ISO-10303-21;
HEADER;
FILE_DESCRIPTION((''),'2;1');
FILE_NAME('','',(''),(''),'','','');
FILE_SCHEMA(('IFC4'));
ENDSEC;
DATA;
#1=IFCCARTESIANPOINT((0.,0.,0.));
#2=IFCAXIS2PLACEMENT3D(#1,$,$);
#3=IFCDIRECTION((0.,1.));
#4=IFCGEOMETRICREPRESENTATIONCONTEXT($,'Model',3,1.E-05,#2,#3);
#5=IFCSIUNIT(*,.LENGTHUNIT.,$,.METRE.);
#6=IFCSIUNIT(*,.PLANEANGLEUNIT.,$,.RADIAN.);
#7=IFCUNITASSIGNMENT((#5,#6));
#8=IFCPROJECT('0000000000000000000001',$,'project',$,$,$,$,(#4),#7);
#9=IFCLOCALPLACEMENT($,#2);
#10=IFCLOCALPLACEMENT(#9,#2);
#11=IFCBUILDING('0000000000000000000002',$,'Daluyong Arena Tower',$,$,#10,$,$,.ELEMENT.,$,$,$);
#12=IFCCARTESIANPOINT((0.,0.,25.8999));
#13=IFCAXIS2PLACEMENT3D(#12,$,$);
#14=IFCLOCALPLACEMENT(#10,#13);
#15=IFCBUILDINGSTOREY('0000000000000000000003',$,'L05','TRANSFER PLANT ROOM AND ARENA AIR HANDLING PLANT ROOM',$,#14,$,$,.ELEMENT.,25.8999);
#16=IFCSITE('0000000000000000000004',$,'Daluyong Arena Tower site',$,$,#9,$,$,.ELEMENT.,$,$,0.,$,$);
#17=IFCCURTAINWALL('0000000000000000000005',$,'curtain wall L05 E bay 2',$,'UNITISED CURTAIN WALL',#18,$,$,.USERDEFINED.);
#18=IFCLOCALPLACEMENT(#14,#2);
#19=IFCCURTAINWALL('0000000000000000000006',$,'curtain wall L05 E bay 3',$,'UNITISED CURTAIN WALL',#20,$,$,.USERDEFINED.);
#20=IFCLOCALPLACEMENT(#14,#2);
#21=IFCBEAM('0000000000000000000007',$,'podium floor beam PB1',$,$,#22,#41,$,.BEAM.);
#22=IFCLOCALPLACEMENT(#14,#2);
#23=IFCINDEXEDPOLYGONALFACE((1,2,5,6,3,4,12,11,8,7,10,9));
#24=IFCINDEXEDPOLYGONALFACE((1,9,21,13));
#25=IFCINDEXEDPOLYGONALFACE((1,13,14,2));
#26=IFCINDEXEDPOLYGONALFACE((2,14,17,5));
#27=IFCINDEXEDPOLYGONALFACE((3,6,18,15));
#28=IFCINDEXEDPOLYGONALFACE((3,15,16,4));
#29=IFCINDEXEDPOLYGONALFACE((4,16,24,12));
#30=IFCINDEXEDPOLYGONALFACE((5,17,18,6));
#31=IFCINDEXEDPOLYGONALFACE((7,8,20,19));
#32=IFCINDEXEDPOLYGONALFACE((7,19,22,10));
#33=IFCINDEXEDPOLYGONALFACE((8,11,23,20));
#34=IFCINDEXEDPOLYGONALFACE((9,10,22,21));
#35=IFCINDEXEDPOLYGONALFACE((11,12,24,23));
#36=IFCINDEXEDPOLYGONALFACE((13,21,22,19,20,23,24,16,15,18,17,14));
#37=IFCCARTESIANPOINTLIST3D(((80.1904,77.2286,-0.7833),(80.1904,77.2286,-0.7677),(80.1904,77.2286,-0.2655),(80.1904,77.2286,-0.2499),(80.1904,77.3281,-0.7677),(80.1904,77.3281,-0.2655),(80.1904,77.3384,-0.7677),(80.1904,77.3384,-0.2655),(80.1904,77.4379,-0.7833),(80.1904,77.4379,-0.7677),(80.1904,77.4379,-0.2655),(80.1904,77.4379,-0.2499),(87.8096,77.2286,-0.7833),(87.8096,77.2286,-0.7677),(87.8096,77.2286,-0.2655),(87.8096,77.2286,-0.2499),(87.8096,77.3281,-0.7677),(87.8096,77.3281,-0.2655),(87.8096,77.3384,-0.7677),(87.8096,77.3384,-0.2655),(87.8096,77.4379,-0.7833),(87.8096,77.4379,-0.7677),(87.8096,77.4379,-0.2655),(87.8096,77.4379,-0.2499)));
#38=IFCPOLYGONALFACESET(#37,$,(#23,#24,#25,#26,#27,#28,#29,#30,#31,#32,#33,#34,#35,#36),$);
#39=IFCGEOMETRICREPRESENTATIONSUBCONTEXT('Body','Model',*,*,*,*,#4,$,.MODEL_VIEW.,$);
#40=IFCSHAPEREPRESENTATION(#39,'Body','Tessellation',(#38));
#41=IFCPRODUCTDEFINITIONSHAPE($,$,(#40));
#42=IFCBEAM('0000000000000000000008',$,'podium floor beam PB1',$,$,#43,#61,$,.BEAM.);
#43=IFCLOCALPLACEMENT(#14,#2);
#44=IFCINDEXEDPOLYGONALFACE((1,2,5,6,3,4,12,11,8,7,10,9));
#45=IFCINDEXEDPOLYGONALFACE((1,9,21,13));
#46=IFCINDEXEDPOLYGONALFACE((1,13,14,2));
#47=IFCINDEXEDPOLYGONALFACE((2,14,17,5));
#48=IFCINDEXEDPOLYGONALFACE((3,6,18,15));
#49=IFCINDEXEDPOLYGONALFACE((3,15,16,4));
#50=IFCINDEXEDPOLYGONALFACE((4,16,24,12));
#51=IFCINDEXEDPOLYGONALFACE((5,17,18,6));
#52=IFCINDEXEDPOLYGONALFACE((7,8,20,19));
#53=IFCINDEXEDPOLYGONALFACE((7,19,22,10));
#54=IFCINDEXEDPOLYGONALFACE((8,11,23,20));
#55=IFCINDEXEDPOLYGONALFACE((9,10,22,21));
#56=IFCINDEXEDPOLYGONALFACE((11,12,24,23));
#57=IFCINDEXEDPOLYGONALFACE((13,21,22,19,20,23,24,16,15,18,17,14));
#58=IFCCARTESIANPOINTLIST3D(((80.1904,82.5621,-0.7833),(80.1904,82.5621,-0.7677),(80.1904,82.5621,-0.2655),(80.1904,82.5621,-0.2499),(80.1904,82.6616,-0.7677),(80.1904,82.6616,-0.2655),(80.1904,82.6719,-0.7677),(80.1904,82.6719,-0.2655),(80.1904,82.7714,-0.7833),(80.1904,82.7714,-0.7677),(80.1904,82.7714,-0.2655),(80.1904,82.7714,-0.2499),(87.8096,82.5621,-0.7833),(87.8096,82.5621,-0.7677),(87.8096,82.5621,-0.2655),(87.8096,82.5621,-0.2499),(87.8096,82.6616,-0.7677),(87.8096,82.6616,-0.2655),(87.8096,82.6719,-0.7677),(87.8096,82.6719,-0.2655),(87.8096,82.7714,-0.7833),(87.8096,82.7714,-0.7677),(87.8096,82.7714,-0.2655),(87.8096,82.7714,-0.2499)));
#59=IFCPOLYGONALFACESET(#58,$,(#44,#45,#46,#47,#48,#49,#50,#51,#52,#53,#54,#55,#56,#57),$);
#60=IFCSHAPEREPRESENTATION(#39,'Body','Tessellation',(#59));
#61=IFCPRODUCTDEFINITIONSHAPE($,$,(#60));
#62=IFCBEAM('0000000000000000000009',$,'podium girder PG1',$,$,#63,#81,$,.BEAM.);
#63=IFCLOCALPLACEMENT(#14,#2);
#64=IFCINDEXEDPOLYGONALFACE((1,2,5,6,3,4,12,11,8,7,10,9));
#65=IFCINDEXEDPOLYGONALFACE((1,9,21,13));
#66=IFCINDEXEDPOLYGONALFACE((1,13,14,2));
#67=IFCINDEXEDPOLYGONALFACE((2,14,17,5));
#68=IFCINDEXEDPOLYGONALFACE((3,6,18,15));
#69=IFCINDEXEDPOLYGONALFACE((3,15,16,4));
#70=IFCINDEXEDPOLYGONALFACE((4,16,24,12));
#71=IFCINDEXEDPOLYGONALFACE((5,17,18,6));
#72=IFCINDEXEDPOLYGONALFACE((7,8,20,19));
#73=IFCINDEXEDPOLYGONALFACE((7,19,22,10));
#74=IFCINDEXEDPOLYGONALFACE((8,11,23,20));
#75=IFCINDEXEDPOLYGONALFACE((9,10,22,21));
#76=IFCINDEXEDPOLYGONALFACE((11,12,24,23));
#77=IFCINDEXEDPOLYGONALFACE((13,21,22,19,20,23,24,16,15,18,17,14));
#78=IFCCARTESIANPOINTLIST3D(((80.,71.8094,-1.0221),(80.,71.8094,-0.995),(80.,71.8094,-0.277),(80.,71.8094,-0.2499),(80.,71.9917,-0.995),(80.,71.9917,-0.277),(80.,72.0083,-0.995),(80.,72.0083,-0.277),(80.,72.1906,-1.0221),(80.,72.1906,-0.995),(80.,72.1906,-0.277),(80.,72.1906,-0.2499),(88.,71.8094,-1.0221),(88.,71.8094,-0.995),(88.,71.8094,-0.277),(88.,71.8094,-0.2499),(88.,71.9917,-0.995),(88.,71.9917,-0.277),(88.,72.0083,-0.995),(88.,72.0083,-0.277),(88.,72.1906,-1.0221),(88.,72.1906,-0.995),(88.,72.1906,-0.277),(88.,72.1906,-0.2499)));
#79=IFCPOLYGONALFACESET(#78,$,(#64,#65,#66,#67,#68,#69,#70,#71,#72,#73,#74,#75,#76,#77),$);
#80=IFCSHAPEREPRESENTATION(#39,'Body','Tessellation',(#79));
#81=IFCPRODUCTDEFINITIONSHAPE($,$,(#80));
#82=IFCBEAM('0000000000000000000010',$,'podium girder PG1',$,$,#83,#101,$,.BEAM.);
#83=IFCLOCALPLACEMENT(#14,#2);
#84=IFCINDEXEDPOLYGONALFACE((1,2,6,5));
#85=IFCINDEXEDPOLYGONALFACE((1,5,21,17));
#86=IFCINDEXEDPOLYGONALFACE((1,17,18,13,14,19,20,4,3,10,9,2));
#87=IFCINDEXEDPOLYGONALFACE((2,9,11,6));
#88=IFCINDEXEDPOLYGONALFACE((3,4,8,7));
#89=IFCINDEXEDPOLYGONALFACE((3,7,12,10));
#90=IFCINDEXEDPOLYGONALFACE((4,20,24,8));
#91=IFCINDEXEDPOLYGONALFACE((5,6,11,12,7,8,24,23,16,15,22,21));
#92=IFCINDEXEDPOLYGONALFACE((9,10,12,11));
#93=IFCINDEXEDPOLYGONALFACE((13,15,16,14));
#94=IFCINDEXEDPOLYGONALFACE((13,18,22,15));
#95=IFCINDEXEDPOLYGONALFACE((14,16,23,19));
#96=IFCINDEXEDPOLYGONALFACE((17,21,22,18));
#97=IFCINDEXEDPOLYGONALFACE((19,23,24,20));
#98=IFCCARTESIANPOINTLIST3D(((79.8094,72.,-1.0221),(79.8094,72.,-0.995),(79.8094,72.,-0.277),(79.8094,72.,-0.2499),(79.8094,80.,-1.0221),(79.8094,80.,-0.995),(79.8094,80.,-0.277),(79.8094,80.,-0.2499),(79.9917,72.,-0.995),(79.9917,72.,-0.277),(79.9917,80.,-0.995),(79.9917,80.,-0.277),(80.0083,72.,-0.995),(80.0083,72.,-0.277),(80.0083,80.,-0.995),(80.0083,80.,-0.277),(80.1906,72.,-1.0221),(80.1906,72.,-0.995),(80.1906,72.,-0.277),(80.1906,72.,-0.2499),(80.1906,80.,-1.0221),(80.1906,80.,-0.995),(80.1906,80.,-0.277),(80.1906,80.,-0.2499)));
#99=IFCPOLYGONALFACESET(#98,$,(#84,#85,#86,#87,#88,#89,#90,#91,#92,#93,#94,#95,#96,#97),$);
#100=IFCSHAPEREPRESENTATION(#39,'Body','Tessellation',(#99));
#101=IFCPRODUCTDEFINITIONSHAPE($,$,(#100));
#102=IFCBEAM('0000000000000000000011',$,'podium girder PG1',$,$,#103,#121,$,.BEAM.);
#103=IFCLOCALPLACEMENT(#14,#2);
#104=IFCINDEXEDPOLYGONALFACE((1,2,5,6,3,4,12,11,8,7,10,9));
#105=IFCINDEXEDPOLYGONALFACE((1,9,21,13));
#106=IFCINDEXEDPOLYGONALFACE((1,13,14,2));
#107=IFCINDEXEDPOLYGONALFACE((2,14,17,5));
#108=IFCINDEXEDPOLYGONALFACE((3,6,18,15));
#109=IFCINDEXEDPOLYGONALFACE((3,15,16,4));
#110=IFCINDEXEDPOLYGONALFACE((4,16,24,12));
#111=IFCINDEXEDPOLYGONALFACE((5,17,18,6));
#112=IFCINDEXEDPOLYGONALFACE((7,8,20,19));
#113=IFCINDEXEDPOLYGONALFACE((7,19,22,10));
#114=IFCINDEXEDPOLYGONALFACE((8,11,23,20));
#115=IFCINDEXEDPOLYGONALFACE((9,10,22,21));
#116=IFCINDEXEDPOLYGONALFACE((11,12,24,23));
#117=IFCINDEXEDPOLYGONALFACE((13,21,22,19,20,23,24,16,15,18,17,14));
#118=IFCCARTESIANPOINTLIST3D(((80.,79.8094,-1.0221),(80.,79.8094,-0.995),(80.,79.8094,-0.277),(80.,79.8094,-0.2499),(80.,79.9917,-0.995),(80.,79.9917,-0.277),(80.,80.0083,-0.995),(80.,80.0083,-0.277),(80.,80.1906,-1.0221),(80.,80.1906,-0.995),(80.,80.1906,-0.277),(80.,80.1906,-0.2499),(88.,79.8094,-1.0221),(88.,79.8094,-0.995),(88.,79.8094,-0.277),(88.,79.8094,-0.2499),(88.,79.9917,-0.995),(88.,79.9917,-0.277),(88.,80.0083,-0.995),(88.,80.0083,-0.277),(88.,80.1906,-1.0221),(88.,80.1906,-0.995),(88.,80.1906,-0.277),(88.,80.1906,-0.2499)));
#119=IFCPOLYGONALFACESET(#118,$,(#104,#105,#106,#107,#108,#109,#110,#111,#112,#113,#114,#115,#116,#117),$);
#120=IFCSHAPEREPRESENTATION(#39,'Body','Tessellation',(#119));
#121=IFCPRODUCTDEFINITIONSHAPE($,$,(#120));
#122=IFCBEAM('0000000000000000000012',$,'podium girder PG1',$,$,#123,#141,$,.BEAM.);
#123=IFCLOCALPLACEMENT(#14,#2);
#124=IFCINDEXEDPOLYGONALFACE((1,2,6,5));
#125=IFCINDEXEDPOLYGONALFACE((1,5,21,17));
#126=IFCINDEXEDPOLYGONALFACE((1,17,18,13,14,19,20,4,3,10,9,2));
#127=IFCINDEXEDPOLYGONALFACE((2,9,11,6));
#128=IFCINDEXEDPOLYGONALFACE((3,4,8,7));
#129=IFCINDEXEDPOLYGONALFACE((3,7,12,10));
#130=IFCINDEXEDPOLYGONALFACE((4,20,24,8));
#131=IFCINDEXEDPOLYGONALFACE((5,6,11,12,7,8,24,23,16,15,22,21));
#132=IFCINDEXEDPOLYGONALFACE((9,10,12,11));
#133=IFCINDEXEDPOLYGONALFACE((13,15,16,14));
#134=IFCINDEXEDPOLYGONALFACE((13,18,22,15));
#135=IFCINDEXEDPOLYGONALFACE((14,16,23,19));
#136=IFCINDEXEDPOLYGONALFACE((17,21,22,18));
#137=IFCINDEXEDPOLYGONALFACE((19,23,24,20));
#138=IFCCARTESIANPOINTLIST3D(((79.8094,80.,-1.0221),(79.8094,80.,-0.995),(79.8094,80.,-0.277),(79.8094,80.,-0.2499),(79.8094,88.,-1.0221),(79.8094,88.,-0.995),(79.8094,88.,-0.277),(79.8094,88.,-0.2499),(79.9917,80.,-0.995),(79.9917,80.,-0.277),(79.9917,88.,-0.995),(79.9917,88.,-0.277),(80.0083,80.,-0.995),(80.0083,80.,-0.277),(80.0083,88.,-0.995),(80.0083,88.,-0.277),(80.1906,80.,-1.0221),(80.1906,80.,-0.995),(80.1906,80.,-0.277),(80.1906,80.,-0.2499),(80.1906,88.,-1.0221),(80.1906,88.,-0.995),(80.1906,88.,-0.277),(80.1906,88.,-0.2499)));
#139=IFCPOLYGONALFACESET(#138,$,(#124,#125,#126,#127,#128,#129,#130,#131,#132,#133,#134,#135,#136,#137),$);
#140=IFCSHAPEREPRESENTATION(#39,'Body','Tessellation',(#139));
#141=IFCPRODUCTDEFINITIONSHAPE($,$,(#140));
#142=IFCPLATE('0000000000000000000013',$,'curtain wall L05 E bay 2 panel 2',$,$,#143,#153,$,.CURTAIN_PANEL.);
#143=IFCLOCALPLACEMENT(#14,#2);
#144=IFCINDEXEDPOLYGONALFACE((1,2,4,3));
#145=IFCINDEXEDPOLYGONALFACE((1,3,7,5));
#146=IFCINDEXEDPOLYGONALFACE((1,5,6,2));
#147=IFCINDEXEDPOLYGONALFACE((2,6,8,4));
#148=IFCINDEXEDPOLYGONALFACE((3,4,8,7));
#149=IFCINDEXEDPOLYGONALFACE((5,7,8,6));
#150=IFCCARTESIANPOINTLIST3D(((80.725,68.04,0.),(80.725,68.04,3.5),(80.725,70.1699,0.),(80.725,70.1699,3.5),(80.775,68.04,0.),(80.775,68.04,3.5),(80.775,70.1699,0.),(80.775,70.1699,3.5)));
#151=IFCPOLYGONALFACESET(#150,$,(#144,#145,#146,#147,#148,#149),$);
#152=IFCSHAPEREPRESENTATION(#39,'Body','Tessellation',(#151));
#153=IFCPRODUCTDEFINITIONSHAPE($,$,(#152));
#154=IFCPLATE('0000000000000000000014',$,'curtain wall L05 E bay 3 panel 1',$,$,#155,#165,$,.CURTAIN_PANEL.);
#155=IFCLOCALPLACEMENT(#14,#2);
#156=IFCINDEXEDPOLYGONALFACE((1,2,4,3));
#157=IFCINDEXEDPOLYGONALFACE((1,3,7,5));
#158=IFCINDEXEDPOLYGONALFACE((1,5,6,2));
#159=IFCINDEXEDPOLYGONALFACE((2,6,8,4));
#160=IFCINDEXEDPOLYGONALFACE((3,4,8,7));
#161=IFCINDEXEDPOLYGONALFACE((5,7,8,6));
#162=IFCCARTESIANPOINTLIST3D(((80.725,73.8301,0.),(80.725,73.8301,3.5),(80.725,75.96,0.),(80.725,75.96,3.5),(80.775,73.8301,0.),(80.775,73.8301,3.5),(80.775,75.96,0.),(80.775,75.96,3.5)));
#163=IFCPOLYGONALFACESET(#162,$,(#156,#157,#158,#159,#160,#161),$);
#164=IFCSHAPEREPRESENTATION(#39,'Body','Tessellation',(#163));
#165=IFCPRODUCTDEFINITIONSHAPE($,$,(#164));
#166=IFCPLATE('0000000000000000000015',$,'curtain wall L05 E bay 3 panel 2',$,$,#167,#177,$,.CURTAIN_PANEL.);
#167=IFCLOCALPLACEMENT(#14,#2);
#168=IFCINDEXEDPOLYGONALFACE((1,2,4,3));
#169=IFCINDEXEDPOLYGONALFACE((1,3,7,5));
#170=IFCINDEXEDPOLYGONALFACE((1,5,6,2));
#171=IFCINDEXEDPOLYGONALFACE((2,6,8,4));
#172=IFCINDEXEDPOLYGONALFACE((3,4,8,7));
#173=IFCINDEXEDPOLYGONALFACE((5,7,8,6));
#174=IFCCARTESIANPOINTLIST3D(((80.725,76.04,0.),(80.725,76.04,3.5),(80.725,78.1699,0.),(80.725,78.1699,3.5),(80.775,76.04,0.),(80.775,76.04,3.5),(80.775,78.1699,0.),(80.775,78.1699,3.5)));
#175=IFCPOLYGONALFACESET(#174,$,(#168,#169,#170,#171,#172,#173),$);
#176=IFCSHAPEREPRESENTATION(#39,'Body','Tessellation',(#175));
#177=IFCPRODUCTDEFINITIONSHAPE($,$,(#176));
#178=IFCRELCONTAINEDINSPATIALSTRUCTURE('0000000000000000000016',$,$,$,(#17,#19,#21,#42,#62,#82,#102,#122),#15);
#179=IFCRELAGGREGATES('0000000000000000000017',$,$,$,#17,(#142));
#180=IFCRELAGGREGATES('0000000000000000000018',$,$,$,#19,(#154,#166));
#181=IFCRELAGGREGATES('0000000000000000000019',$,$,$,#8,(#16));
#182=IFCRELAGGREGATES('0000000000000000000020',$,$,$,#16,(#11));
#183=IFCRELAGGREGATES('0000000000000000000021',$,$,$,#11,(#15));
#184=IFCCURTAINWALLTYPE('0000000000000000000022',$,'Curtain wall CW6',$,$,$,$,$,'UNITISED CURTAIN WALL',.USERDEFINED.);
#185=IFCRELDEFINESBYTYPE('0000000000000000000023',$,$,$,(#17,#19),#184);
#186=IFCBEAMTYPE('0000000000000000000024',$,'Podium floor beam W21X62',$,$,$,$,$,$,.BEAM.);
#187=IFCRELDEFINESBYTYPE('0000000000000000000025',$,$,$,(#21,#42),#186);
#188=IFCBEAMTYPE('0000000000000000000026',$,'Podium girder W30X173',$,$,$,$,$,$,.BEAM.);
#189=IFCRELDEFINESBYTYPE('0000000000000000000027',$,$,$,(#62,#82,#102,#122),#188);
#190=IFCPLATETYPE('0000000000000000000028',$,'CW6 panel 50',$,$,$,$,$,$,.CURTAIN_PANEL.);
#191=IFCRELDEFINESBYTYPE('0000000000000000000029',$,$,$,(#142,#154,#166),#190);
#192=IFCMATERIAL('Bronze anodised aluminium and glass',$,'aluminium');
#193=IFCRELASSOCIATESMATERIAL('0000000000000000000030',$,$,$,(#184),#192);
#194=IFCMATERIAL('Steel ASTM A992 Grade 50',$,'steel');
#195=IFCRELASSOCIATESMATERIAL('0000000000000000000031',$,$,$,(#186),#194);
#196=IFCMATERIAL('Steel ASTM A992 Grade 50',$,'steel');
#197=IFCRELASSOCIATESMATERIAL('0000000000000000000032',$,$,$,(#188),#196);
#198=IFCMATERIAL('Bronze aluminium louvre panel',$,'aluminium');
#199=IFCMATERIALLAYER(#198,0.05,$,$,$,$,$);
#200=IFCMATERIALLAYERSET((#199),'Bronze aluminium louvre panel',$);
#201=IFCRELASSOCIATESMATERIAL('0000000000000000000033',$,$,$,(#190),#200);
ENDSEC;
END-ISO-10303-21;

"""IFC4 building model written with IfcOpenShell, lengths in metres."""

from ifc_helpers import new_model, si_unit, direction, frame, origin, origin_2d, place, context, subcontext, project, spatial, rectangle, i_section, extrude, material, layer, layer_set, material_profile, profile_set, type_object, element, aggregate, save


model = new_model("IFC4")

# Units and contexts
model_context = context("Model", 3, precision=1e-05, world=origin(), true_north=direction((0.0, 1.0)))
body_context = subcontext(model_context, "Body", "Model", "MODEL_VIEW")
ifc_project = project(units=[si_unit("LENGTHUNIT", "METRE"), si_unit("PLANEANGLEUNIT", "RADIAN")], contexts=[model_context])

# Site, building, storey
site_placement = place(None, origin())
site = spatial("IfcSite", under=ifc_project, at=site_placement, Name="Daluyong Arena Tower site", CompositionType="ELEMENT", RefElevation=0.0)
building_placement = place(site_placement, origin())
building = spatial("IfcBuilding", under=site, at=building_placement, Name="Daluyong Arena Tower", CompositionType="ELEMENT")
storey_placement = place(building_placement, frame((0.0, 0.0, 25.8999)))
storey = spatial("IfcBuildingStorey", under=building, at=storey_placement, Name="L05", Description="TRANSFER PLANT ROOM AND ARENA AIR HANDLING PLANT ROOM", CompositionType="ELEMENT", Elevation=25.8999)

# Curtain wall
ifc_material_1 = material(Name="Bronze anodised aluminium and glass", Category="aluminium")
curtain_wall_type = type_object("IfcCurtainWallType", Name="Curtain wall CW6", ElementType="UNITISED CURTAIN WALL", PredefinedType="USERDEFINED", material=ifc_material_1)
curtain_wall_1_placement = place(storey_placement, origin())
curtain_wall_1 = element("IfcCurtainWall", 1, at=curtain_wall_1_placement, inside=storey, type_object=curtain_wall_type, Name="curtain wall L05 E bay 2", ObjectType="UNITISED CURTAIN WALL", PredefinedType="USERDEFINED")

# Curtain wall
curtain_wall_2_placement = place(storey_placement, origin())
curtain_wall_2 = element("IfcCurtainWall", 2, at=curtain_wall_2_placement, inside=storey, type_object=curtain_wall_type, Name="curtain wall L05 E bay 3", ObjectType="UNITISED CURTAIN WALL", PredefinedType="USERDEFINED")

# Beams
ifc_material_2 = material(Name="Steel ASTM A992 Grade 50", Category="steel")
ifc_material_profile_1 = material_profile(ifc_material_2, i_section(OverallWidth=0.2092, OverallDepth=0.5334, WebThickness=0.0103, FlangeThickness=0.0156, at=origin_2d()))
ifc_profile_set_1 = profile_set([ifc_material_profile_1], Name="Steel ASTM A992 Grade 50")
beam_type_1 = type_object("IfcBeamType", Name="Podium floor beam W21X62", PredefinedType="BEAM", material=ifc_profile_set_1)
for number, where, z_axis, x_axis, name in (
    (3, (80.1904, 77.3333, -0.5166), (1.0, 0.0, 0.0), (0.0, 1.0, 0.0), "podium floor beam PB1"),
    (4, (80.1904, 82.6667, -0.5166), (1.0, 0.0, 0.0), (0.0, 1.0, 0.0), "podium floor beam PB1"),
):
    element("IfcBeam", number, at=place(storey_placement, frame(where, z_axis=z_axis, x_axis=x_axis)), inside=storey, type_object=beam_type_1, Name=name, PredefinedType="BEAM", context=body_context, shape_type="SweptSolid", body=[
        extrude(i_section(OverallWidth=0.2092, OverallDepth=0.5334, WebThickness=0.0103, FlangeThickness=0.0156, at=origin_2d()), origin(), (0.0, 0.0, 1.0), 7.6191),
    ])
ifc_material_3 = material(Name="Steel ASTM A992 Grade 50", Category="steel")
ifc_material_profile_2 = material_profile(ifc_material_3, i_section(OverallWidth=0.3811, OverallDepth=0.7722, WebThickness=0.0166, FlangeThickness=0.0271, at=origin_2d()))
ifc_profile_set_2 = profile_set([ifc_material_profile_2], Name="Steel ASTM A992 Grade 50")
beam_type_2 = type_object("IfcBeamType", Name="Podium girder W30X173", PredefinedType="BEAM", material=ifc_profile_set_2)
for number, where, z_axis, x_axis, name in (
    (5, (80.0, 72.0, -0.636), (1.0, 0.0, 0.0), (0.0, 1.0, 0.0), "podium girder PG1"),
    (6, (80.0, 72.0, -0.636), (0.0, 1.0, 0.0), (-1.0, 0.0, 0.0), "podium girder PG1"),
    (7, (80.0, 80.0, -0.636), (1.0, 0.0, 0.0), (0.0, 1.0, 0.0), "podium girder PG1"),
    (8, (80.0, 80.0, -0.636), (0.0, 1.0, 0.0), (-1.0, 0.0, 0.0), "podium girder PG1"),
):
    element("IfcBeam", number, at=place(storey_placement, frame(where, z_axis=z_axis, x_axis=x_axis)), inside=storey, type_object=beam_type_2, Name=name, PredefinedType="BEAM", context=body_context, shape_type="SweptSolid", body=[
        extrude(i_section(OverallWidth=0.3811, OverallDepth=0.7722, WebThickness=0.0166, FlangeThickness=0.0271, at=origin_2d()), origin(), (0.0, 0.0, 1.0), 8.0),
    ])

# Plates
ifc_material_4 = material(Name="Bronze aluminium louvre panel", Category="aluminium")
ifc_layer = layer(ifc_material_4, 0.05)
ifc_layer_set = layer_set([ifc_layer], Name="Bronze aluminium louvre panel")
plate_type = type_object("IfcPlateType", Name="CW6 panel 50", PredefinedType="CURTAIN_PANEL", material=ifc_layer_set)
plate_1_placement = place(storey_placement, frame((80.75, 69.105, 0.0), z_axis=(0.0, 0.0, 1.0), x_axis=(0.0, 1.0, 0.0)))
plate_1 = element("IfcPlate", 9, at=plate_1_placement, type_object=plate_type, Name="curtain wall L05 E bay 2 panel 2", PredefinedType="CURTAIN_PANEL", context=body_context, shape_type="SweptSolid", body=[
    extrude(rectangle(XDim=2.1299, YDim=0.05, at=origin_2d()), origin(), (0.0, 0.0, 1.0), 3.5),
])
aggregate(curtain_wall_1, [plate_1])
plate_2_placement = place(storey_placement, frame((80.75, 74.895, 0.0), z_axis=(0.0, 0.0, 1.0), x_axis=(0.0, 1.0, 0.0)))
plate_2 = element("IfcPlate", 10, at=plate_2_placement, type_object=plate_type, Name="curtain wall L05 E bay 3 panel 1", PredefinedType="CURTAIN_PANEL", context=body_context, shape_type="SweptSolid", body=[
    extrude(rectangle(XDim=2.1299, YDim=0.05, at=origin_2d()), origin(), (0.0, 0.0, 1.0), 3.5),
])
plate_3_placement = place(storey_placement, frame((80.75, 77.105, 0.0), z_axis=(0.0, 0.0, 1.0), x_axis=(0.0, 1.0, 0.0)))
plate_3 = element("IfcPlate", 11, at=plate_3_placement, type_object=plate_type, Name="curtain wall L05 E bay 3 panel 2", PredefinedType="CURTAIN_PANEL", context=body_context, shape_type="SweptSolid", body=[
    extrude(rectangle(XDim=2.1299, YDim=0.05, at=origin_2d()), origin(), (0.0, 0.0, 1.0), 3.5),
])
aggregate(curtain_wall_2, [plate_2, plate_3])

save(model, "model.ifc")
